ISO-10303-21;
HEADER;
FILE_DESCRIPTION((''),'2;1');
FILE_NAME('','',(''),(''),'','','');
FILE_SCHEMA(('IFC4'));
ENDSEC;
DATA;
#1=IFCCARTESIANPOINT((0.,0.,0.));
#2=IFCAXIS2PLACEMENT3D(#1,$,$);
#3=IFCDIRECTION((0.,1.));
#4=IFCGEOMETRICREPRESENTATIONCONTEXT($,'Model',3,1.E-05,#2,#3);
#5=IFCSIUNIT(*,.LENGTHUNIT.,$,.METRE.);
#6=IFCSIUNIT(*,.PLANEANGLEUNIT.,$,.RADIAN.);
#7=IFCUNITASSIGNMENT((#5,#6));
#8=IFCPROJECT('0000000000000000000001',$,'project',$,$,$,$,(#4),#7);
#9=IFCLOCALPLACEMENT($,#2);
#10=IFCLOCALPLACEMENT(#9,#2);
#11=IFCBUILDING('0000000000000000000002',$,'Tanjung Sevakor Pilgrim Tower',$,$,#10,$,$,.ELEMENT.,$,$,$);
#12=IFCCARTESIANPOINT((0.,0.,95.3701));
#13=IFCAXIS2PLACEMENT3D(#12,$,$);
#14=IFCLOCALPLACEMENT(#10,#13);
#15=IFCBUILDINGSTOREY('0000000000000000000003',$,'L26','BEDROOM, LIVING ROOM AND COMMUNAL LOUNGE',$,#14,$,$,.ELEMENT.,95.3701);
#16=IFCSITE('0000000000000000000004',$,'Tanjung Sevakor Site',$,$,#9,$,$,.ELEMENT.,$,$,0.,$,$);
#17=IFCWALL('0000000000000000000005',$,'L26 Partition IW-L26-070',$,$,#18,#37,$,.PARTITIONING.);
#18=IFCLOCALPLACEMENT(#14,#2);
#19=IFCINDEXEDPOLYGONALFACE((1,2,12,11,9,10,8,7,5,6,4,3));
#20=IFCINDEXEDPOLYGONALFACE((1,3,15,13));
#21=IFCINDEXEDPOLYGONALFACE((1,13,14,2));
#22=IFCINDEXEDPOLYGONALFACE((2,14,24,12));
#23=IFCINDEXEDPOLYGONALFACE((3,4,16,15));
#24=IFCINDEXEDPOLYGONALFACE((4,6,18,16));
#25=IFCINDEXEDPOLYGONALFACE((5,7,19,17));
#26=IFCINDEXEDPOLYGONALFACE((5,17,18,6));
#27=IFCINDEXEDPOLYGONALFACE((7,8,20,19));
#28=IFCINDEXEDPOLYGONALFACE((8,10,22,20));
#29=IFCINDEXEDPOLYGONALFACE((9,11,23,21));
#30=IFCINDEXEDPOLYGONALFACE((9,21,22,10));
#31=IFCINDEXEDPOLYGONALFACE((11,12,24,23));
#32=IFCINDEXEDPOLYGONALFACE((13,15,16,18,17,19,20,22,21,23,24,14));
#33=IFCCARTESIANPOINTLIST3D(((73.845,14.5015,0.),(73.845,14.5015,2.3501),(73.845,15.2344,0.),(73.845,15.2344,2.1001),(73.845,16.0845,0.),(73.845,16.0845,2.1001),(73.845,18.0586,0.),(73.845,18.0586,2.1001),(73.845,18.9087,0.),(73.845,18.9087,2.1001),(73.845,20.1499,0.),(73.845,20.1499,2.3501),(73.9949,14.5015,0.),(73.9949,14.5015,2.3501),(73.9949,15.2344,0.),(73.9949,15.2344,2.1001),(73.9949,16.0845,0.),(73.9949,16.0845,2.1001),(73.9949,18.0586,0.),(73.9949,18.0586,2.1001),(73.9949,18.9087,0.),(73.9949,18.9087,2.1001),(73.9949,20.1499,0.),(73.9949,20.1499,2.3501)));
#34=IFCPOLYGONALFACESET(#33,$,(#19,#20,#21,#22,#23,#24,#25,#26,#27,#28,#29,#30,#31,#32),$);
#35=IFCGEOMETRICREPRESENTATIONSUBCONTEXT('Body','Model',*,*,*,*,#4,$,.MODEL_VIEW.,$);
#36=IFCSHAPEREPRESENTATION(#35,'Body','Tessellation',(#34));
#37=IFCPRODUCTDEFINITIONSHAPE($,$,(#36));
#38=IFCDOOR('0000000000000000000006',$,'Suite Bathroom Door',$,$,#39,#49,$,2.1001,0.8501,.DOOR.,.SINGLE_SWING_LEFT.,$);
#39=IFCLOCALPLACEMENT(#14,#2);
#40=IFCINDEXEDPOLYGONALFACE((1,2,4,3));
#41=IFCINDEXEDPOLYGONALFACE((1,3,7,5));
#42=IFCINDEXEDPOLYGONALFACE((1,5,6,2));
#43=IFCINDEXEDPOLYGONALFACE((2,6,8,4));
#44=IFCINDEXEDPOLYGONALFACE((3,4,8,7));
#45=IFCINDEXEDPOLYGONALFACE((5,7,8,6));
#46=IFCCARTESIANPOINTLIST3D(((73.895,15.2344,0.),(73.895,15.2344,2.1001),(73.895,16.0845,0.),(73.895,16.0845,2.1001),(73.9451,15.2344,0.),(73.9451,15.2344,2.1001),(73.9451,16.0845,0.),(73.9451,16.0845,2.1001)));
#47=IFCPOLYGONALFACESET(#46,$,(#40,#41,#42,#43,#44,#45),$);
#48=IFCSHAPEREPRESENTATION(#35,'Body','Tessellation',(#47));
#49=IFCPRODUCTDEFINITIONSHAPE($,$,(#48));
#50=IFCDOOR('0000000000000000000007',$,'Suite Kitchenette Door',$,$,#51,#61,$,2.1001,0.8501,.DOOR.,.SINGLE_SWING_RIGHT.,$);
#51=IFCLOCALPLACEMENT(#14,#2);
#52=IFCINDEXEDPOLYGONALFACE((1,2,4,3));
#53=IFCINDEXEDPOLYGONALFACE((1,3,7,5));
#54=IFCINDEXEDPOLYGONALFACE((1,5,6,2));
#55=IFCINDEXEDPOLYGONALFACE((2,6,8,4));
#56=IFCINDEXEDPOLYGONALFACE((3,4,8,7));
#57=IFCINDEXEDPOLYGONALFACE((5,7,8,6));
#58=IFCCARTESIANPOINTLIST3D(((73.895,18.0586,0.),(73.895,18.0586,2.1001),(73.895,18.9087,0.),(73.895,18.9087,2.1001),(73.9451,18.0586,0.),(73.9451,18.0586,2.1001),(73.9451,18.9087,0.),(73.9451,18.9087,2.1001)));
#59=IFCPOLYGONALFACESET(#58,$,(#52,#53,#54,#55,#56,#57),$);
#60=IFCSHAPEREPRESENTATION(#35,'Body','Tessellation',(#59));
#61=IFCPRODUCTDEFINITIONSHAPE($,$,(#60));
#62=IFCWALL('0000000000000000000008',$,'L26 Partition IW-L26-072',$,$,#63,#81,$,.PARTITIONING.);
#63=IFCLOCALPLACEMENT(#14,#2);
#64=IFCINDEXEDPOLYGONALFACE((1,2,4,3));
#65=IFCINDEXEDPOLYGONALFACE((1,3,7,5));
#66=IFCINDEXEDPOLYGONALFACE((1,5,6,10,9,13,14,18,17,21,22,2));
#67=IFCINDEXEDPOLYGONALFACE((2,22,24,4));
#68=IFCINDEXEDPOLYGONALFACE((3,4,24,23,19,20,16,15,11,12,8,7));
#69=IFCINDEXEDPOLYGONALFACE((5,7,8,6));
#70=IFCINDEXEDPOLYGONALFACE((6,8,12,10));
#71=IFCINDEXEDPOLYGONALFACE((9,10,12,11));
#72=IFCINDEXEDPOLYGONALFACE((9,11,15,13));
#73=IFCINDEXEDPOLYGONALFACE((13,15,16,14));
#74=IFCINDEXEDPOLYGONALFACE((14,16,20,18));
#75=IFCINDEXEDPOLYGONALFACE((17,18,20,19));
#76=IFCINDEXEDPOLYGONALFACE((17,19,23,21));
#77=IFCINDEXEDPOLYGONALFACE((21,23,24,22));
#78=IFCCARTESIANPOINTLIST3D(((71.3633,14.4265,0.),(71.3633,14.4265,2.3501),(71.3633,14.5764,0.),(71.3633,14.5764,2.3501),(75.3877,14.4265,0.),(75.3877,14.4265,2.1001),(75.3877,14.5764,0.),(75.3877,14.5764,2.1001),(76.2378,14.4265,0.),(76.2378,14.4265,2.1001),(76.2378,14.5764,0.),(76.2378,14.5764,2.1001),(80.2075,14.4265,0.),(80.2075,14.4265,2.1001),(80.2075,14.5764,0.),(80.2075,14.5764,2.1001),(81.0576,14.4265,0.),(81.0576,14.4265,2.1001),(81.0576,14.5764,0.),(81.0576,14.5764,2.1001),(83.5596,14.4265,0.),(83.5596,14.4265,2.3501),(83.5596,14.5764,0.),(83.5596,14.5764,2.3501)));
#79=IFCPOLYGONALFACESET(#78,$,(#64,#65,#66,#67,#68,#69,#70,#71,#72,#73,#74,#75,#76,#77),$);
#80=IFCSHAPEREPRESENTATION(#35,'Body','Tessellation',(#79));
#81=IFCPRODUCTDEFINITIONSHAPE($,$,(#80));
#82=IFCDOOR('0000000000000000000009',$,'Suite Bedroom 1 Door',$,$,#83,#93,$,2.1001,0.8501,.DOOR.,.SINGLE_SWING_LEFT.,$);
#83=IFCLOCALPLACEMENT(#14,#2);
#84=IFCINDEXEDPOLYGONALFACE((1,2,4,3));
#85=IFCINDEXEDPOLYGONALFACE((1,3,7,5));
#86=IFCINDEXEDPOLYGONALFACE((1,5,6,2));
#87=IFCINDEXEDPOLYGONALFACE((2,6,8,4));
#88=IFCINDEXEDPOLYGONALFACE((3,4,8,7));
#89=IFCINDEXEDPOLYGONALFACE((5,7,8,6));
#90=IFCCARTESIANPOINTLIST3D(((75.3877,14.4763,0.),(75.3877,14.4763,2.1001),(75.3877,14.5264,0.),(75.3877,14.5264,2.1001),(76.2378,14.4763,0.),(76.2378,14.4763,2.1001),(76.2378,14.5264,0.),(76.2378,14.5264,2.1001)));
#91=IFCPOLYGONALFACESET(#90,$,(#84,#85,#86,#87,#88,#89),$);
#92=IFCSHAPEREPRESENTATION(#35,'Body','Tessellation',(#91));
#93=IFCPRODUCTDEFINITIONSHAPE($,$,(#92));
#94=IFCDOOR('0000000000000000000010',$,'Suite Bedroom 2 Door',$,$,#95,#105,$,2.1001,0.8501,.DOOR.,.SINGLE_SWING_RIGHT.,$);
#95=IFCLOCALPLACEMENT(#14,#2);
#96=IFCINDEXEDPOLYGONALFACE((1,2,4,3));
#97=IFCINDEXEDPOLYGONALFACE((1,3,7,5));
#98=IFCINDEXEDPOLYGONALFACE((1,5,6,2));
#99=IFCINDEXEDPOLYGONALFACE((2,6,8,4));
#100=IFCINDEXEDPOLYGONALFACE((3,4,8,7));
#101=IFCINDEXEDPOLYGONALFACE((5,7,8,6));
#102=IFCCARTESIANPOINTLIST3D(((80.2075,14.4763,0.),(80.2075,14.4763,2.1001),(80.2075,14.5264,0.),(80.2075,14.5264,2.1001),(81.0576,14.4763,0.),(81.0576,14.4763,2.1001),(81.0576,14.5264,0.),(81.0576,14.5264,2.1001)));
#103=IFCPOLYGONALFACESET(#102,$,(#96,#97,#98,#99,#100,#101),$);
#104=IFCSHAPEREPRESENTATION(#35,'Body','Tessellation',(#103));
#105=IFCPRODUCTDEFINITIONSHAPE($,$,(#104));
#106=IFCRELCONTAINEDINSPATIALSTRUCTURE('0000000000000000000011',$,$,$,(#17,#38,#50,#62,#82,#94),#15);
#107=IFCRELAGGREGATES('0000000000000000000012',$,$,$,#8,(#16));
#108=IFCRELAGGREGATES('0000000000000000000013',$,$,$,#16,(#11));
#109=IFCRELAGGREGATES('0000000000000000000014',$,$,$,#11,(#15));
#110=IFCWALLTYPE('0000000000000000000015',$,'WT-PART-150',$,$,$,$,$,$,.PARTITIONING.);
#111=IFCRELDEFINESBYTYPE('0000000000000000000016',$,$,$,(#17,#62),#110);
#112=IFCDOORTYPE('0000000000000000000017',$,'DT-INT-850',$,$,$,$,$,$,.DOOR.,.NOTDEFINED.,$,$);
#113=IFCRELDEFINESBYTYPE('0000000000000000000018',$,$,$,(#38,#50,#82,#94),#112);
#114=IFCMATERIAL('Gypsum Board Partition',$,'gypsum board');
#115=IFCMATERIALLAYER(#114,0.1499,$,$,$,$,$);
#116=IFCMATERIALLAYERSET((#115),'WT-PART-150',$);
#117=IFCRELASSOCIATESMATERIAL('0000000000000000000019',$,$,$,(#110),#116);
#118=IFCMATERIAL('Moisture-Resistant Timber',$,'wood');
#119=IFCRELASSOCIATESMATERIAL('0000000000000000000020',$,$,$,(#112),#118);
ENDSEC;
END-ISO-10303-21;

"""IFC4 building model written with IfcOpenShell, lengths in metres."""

from ifc_helpers import new_model, si_unit, direction, frame, frame_2d, origin, place, context, subcontext, project, spatial, rectangle, extrude, material, layer, layer_set, type_object, element, fill, save


model = new_model("IFC4")

# Units and contexts
model_context = context("Model", 3, precision=1e-05, world=origin(), true_north=direction((0.0, 1.0)))
body_context = subcontext(model_context, "Body", "Model", "MODEL_VIEW")
ifc_project = project(units=[si_unit("LENGTHUNIT", "METRE"), si_unit("PLANEANGLEUNIT", "RADIAN")], contexts=[model_context])

# Site, building, storey
site_placement = place(None, origin())
site = spatial("IfcSite", under=ifc_project, at=site_placement, Name="Tanjung Sevakor Site", CompositionType="ELEMENT", RefElevation=0.0)
building_placement = place(site_placement, origin())
building = spatial("IfcBuilding", under=site, at=building_placement, Name="Tanjung Sevakor Pilgrim Tower", CompositionType="ELEMENT")
storey_placement = place(building_placement, frame((0.0, 0.0, 95.3701)))
storey = spatial("IfcBuildingStorey", under=building, at=storey_placement, Name="L26", Description="BEDROOM, LIVING ROOM AND COMMUNAL LOUNGE", CompositionType="ELEMENT", Elevation=95.3701)

# Shared definitions
ifc_material_1 = material(Name="Gypsum Board Partition", Category="gypsum board")
ifc_layer_1 = layer(ifc_material_1, 0.1499)
ifc_layer_set_1 = layer_set([ifc_layer_1], Name="WT-PART-150")
wall_type_1 = type_object("IfcWallType", Name="WT-PART-150", PredefinedType="PARTITIONING", material=ifc_layer_set_1)

# Walls, openings, doors
wall_1_placement = place(storey_placement, frame((73.9199, 14.5015, 0.0), z_axis=(0.0, 0.0, 1.0), x_axis=(0.0, 1.0, 0.0)))
wall_1 = element("IfcWall", 1, at=wall_1_placement, inside=storey, type_object=wall_type_1, Name="L26 Partition IW-L26-070", PredefinedType="PARTITIONING", context=body_context, shape_type="SweptSolid", body=[
    extrude(rectangle(XDim=5.6484, YDim=0.1499, at=frame_2d((2.8242, 0.0))), origin(), (0.0, 0.0, 1.0), 2.3501),
])
opening_1_placement = place(wall_1_placement, frame((0.7329, 0.0, 0.0)))
opening_1 = element("IfcOpeningElement", 2, at=opening_1_placement, cuts=wall_1, PredefinedType="OPENING", context=body_context, shape_type="SweptSolid", body=[
    extrude(rectangle(XDim=0.8501, YDim=2.1001, at=frame_2d((0.425, 1.05))), frame((0.0, 0.085, 0.0), z_axis=(0.0, -1.0, 0.0), x_axis=(1.0, 0.0, 0.0)), (0.0, 0.0, 1.0), 0.1699),
])
opening_2_placement = place(wall_1_placement, frame((3.5571, 0.0, 0.0)))
opening_2 = element("IfcOpeningElement", 3, at=opening_2_placement, cuts=wall_1, PredefinedType="OPENING", context=body_context, shape_type="SweptSolid", body=[
    extrude(rectangle(XDim=0.8501, YDim=2.1001, at=frame_2d((0.425, 1.05))), frame((0.0, 0.085, 0.0), z_axis=(0.0, -1.0, 0.0), x_axis=(1.0, 0.0, 0.0)), (0.0, 0.0, 1.0), 0.1699),
])
ifc_material_2 = material(Name="Moisture-Resistant Timber", Category="wood")
door_type_1 = type_object("IfcDoorType", Name="DT-INT-850", OperationType="NOTDEFINED", PredefinedType="DOOR", material=ifc_material_2)
door_1_placement = place(opening_1_placement, origin())
door_1 = element("IfcDoor", 4, at=door_1_placement, inside=storey, type_object=door_type_1, Name="Suite Bathroom Door", OperationType="SINGLE_SWING_LEFT", OverallHeight=2.1001, OverallWidth=0.8501, PredefinedType="DOOR", context=body_context, shape_type="SweptSolid", body=[
    extrude(rectangle(XDim=0.8501, YDim=2.1001, at=frame_2d((0.425, 1.05))), frame((0.0, 0.0249, 0.0), z_axis=(0.0, -1.0, 0.0), x_axis=(1.0, 0.0, 0.0)), (0.0, 0.0, 1.0), 0.05),
])
fill(opening_1, door_1)
door_2_placement = place(opening_2_placement, origin())
door_2 = element("IfcDoor", 5, at=door_2_placement, inside=storey, type_object=door_type_1, Name="Suite Kitchenette Door", OperationType="SINGLE_SWING_RIGHT", OverallHeight=2.1001, OverallWidth=0.8501, PredefinedType="DOOR", context=body_context, shape_type="SweptSolid", body=[
    extrude(rectangle(XDim=0.8501, YDim=2.1001, at=frame_2d((0.425, 1.05))), frame((0.0, 0.0249, 0.0), z_axis=(0.0, -1.0, 0.0), x_axis=(1.0, 0.0, 0.0)), (0.0, 0.0, 1.0), 0.05),
])
fill(opening_2, door_2)
wall_2_placement = place(storey_placement, frame((71.3633, 14.5015, 0.0), z_axis=(0.0, 0.0, 1.0), x_axis=(1.0, 0.0, 0.0)))
wall_2 = element("IfcWall", 6, at=wall_2_placement, inside=storey, type_object=wall_type_1, Name="L26 Partition IW-L26-072", PredefinedType="PARTITIONING", context=body_context, shape_type="SweptSolid", body=[
    extrude(rectangle(XDim=12.1963, YDim=0.1499, at=frame_2d((6.0981, 0.0))), origin(), (0.0, 0.0, 1.0), 2.3501),
])
opening_3_placement = place(wall_2_placement, frame((4.0244, 0.0, 0.0)))
opening_3 = element("IfcOpeningElement", 7, at=opening_3_placement, cuts=wall_2, PredefinedType="OPENING", context=body_context, shape_type="SweptSolid", body=[
    extrude(rectangle(XDim=0.8501, YDim=2.1001, at=frame_2d((0.425, 1.05))), frame((0.0, 0.085, 0.0), z_axis=(0.0, -1.0, 0.0), x_axis=(1.0, 0.0, 0.0)), (0.0, 0.0, 1.0), 0.1699),
])
opening_4_placement = place(wall_2_placement, frame((8.8442, 0.0, 0.0)))
opening_4 = element("IfcOpeningElement", 8, at=opening_4_placement, cuts=wall_2, PredefinedType="OPENING", context=body_context, shape_type="SweptSolid", body=[
    extrude(rectangle(XDim=0.8501, YDim=2.1001, at=frame_2d((0.425, 1.05))), frame((0.0, 0.085, 0.0), z_axis=(0.0, -1.0, 0.0), x_axis=(1.0, 0.0, 0.0)), (0.0, 0.0, 1.0), 0.1699),
])
door_3_placement = place(opening_3_placement, origin())
door_3 = element("IfcDoor", 9, at=door_3_placement, inside=storey, type_object=door_type_1, Name="Suite Bedroom 1 Door", OperationType="SINGLE_SWING_LEFT", OverallHeight=2.1001, OverallWidth=0.8501, PredefinedType="DOOR", context=body_context, shape_type="SweptSolid", body=[
    extrude(rectangle(XDim=0.8501, YDim=2.1001, at=frame_2d((0.425, 1.05))), frame((0.0, 0.0249, 0.0), z_axis=(0.0, -1.0, 0.0), x_axis=(1.0, 0.0, 0.0)), (0.0, 0.0, 1.0), 0.05),
])
fill(opening_3, door_3)
door_4_placement = place(opening_4_placement, origin())
door_4 = element("IfcDoor", 10, at=door_4_placement, inside=storey, type_object=door_type_1, Name="Suite Bedroom 2 Door", OperationType="SINGLE_SWING_RIGHT", OverallHeight=2.1001, OverallWidth=0.8501, PredefinedType="DOOR", context=body_context, shape_type="SweptSolid", body=[
    extrude(rectangle(XDim=0.8501, YDim=2.1001, at=frame_2d((0.425, 1.05))), frame((0.0, 0.0249, 0.0), z_axis=(0.0, -1.0, 0.0), x_axis=(1.0, 0.0, 0.0)), (0.0, 0.0, 1.0), 0.05),
])
fill(opening_4, door_4)

save(model, "model.ifc")
